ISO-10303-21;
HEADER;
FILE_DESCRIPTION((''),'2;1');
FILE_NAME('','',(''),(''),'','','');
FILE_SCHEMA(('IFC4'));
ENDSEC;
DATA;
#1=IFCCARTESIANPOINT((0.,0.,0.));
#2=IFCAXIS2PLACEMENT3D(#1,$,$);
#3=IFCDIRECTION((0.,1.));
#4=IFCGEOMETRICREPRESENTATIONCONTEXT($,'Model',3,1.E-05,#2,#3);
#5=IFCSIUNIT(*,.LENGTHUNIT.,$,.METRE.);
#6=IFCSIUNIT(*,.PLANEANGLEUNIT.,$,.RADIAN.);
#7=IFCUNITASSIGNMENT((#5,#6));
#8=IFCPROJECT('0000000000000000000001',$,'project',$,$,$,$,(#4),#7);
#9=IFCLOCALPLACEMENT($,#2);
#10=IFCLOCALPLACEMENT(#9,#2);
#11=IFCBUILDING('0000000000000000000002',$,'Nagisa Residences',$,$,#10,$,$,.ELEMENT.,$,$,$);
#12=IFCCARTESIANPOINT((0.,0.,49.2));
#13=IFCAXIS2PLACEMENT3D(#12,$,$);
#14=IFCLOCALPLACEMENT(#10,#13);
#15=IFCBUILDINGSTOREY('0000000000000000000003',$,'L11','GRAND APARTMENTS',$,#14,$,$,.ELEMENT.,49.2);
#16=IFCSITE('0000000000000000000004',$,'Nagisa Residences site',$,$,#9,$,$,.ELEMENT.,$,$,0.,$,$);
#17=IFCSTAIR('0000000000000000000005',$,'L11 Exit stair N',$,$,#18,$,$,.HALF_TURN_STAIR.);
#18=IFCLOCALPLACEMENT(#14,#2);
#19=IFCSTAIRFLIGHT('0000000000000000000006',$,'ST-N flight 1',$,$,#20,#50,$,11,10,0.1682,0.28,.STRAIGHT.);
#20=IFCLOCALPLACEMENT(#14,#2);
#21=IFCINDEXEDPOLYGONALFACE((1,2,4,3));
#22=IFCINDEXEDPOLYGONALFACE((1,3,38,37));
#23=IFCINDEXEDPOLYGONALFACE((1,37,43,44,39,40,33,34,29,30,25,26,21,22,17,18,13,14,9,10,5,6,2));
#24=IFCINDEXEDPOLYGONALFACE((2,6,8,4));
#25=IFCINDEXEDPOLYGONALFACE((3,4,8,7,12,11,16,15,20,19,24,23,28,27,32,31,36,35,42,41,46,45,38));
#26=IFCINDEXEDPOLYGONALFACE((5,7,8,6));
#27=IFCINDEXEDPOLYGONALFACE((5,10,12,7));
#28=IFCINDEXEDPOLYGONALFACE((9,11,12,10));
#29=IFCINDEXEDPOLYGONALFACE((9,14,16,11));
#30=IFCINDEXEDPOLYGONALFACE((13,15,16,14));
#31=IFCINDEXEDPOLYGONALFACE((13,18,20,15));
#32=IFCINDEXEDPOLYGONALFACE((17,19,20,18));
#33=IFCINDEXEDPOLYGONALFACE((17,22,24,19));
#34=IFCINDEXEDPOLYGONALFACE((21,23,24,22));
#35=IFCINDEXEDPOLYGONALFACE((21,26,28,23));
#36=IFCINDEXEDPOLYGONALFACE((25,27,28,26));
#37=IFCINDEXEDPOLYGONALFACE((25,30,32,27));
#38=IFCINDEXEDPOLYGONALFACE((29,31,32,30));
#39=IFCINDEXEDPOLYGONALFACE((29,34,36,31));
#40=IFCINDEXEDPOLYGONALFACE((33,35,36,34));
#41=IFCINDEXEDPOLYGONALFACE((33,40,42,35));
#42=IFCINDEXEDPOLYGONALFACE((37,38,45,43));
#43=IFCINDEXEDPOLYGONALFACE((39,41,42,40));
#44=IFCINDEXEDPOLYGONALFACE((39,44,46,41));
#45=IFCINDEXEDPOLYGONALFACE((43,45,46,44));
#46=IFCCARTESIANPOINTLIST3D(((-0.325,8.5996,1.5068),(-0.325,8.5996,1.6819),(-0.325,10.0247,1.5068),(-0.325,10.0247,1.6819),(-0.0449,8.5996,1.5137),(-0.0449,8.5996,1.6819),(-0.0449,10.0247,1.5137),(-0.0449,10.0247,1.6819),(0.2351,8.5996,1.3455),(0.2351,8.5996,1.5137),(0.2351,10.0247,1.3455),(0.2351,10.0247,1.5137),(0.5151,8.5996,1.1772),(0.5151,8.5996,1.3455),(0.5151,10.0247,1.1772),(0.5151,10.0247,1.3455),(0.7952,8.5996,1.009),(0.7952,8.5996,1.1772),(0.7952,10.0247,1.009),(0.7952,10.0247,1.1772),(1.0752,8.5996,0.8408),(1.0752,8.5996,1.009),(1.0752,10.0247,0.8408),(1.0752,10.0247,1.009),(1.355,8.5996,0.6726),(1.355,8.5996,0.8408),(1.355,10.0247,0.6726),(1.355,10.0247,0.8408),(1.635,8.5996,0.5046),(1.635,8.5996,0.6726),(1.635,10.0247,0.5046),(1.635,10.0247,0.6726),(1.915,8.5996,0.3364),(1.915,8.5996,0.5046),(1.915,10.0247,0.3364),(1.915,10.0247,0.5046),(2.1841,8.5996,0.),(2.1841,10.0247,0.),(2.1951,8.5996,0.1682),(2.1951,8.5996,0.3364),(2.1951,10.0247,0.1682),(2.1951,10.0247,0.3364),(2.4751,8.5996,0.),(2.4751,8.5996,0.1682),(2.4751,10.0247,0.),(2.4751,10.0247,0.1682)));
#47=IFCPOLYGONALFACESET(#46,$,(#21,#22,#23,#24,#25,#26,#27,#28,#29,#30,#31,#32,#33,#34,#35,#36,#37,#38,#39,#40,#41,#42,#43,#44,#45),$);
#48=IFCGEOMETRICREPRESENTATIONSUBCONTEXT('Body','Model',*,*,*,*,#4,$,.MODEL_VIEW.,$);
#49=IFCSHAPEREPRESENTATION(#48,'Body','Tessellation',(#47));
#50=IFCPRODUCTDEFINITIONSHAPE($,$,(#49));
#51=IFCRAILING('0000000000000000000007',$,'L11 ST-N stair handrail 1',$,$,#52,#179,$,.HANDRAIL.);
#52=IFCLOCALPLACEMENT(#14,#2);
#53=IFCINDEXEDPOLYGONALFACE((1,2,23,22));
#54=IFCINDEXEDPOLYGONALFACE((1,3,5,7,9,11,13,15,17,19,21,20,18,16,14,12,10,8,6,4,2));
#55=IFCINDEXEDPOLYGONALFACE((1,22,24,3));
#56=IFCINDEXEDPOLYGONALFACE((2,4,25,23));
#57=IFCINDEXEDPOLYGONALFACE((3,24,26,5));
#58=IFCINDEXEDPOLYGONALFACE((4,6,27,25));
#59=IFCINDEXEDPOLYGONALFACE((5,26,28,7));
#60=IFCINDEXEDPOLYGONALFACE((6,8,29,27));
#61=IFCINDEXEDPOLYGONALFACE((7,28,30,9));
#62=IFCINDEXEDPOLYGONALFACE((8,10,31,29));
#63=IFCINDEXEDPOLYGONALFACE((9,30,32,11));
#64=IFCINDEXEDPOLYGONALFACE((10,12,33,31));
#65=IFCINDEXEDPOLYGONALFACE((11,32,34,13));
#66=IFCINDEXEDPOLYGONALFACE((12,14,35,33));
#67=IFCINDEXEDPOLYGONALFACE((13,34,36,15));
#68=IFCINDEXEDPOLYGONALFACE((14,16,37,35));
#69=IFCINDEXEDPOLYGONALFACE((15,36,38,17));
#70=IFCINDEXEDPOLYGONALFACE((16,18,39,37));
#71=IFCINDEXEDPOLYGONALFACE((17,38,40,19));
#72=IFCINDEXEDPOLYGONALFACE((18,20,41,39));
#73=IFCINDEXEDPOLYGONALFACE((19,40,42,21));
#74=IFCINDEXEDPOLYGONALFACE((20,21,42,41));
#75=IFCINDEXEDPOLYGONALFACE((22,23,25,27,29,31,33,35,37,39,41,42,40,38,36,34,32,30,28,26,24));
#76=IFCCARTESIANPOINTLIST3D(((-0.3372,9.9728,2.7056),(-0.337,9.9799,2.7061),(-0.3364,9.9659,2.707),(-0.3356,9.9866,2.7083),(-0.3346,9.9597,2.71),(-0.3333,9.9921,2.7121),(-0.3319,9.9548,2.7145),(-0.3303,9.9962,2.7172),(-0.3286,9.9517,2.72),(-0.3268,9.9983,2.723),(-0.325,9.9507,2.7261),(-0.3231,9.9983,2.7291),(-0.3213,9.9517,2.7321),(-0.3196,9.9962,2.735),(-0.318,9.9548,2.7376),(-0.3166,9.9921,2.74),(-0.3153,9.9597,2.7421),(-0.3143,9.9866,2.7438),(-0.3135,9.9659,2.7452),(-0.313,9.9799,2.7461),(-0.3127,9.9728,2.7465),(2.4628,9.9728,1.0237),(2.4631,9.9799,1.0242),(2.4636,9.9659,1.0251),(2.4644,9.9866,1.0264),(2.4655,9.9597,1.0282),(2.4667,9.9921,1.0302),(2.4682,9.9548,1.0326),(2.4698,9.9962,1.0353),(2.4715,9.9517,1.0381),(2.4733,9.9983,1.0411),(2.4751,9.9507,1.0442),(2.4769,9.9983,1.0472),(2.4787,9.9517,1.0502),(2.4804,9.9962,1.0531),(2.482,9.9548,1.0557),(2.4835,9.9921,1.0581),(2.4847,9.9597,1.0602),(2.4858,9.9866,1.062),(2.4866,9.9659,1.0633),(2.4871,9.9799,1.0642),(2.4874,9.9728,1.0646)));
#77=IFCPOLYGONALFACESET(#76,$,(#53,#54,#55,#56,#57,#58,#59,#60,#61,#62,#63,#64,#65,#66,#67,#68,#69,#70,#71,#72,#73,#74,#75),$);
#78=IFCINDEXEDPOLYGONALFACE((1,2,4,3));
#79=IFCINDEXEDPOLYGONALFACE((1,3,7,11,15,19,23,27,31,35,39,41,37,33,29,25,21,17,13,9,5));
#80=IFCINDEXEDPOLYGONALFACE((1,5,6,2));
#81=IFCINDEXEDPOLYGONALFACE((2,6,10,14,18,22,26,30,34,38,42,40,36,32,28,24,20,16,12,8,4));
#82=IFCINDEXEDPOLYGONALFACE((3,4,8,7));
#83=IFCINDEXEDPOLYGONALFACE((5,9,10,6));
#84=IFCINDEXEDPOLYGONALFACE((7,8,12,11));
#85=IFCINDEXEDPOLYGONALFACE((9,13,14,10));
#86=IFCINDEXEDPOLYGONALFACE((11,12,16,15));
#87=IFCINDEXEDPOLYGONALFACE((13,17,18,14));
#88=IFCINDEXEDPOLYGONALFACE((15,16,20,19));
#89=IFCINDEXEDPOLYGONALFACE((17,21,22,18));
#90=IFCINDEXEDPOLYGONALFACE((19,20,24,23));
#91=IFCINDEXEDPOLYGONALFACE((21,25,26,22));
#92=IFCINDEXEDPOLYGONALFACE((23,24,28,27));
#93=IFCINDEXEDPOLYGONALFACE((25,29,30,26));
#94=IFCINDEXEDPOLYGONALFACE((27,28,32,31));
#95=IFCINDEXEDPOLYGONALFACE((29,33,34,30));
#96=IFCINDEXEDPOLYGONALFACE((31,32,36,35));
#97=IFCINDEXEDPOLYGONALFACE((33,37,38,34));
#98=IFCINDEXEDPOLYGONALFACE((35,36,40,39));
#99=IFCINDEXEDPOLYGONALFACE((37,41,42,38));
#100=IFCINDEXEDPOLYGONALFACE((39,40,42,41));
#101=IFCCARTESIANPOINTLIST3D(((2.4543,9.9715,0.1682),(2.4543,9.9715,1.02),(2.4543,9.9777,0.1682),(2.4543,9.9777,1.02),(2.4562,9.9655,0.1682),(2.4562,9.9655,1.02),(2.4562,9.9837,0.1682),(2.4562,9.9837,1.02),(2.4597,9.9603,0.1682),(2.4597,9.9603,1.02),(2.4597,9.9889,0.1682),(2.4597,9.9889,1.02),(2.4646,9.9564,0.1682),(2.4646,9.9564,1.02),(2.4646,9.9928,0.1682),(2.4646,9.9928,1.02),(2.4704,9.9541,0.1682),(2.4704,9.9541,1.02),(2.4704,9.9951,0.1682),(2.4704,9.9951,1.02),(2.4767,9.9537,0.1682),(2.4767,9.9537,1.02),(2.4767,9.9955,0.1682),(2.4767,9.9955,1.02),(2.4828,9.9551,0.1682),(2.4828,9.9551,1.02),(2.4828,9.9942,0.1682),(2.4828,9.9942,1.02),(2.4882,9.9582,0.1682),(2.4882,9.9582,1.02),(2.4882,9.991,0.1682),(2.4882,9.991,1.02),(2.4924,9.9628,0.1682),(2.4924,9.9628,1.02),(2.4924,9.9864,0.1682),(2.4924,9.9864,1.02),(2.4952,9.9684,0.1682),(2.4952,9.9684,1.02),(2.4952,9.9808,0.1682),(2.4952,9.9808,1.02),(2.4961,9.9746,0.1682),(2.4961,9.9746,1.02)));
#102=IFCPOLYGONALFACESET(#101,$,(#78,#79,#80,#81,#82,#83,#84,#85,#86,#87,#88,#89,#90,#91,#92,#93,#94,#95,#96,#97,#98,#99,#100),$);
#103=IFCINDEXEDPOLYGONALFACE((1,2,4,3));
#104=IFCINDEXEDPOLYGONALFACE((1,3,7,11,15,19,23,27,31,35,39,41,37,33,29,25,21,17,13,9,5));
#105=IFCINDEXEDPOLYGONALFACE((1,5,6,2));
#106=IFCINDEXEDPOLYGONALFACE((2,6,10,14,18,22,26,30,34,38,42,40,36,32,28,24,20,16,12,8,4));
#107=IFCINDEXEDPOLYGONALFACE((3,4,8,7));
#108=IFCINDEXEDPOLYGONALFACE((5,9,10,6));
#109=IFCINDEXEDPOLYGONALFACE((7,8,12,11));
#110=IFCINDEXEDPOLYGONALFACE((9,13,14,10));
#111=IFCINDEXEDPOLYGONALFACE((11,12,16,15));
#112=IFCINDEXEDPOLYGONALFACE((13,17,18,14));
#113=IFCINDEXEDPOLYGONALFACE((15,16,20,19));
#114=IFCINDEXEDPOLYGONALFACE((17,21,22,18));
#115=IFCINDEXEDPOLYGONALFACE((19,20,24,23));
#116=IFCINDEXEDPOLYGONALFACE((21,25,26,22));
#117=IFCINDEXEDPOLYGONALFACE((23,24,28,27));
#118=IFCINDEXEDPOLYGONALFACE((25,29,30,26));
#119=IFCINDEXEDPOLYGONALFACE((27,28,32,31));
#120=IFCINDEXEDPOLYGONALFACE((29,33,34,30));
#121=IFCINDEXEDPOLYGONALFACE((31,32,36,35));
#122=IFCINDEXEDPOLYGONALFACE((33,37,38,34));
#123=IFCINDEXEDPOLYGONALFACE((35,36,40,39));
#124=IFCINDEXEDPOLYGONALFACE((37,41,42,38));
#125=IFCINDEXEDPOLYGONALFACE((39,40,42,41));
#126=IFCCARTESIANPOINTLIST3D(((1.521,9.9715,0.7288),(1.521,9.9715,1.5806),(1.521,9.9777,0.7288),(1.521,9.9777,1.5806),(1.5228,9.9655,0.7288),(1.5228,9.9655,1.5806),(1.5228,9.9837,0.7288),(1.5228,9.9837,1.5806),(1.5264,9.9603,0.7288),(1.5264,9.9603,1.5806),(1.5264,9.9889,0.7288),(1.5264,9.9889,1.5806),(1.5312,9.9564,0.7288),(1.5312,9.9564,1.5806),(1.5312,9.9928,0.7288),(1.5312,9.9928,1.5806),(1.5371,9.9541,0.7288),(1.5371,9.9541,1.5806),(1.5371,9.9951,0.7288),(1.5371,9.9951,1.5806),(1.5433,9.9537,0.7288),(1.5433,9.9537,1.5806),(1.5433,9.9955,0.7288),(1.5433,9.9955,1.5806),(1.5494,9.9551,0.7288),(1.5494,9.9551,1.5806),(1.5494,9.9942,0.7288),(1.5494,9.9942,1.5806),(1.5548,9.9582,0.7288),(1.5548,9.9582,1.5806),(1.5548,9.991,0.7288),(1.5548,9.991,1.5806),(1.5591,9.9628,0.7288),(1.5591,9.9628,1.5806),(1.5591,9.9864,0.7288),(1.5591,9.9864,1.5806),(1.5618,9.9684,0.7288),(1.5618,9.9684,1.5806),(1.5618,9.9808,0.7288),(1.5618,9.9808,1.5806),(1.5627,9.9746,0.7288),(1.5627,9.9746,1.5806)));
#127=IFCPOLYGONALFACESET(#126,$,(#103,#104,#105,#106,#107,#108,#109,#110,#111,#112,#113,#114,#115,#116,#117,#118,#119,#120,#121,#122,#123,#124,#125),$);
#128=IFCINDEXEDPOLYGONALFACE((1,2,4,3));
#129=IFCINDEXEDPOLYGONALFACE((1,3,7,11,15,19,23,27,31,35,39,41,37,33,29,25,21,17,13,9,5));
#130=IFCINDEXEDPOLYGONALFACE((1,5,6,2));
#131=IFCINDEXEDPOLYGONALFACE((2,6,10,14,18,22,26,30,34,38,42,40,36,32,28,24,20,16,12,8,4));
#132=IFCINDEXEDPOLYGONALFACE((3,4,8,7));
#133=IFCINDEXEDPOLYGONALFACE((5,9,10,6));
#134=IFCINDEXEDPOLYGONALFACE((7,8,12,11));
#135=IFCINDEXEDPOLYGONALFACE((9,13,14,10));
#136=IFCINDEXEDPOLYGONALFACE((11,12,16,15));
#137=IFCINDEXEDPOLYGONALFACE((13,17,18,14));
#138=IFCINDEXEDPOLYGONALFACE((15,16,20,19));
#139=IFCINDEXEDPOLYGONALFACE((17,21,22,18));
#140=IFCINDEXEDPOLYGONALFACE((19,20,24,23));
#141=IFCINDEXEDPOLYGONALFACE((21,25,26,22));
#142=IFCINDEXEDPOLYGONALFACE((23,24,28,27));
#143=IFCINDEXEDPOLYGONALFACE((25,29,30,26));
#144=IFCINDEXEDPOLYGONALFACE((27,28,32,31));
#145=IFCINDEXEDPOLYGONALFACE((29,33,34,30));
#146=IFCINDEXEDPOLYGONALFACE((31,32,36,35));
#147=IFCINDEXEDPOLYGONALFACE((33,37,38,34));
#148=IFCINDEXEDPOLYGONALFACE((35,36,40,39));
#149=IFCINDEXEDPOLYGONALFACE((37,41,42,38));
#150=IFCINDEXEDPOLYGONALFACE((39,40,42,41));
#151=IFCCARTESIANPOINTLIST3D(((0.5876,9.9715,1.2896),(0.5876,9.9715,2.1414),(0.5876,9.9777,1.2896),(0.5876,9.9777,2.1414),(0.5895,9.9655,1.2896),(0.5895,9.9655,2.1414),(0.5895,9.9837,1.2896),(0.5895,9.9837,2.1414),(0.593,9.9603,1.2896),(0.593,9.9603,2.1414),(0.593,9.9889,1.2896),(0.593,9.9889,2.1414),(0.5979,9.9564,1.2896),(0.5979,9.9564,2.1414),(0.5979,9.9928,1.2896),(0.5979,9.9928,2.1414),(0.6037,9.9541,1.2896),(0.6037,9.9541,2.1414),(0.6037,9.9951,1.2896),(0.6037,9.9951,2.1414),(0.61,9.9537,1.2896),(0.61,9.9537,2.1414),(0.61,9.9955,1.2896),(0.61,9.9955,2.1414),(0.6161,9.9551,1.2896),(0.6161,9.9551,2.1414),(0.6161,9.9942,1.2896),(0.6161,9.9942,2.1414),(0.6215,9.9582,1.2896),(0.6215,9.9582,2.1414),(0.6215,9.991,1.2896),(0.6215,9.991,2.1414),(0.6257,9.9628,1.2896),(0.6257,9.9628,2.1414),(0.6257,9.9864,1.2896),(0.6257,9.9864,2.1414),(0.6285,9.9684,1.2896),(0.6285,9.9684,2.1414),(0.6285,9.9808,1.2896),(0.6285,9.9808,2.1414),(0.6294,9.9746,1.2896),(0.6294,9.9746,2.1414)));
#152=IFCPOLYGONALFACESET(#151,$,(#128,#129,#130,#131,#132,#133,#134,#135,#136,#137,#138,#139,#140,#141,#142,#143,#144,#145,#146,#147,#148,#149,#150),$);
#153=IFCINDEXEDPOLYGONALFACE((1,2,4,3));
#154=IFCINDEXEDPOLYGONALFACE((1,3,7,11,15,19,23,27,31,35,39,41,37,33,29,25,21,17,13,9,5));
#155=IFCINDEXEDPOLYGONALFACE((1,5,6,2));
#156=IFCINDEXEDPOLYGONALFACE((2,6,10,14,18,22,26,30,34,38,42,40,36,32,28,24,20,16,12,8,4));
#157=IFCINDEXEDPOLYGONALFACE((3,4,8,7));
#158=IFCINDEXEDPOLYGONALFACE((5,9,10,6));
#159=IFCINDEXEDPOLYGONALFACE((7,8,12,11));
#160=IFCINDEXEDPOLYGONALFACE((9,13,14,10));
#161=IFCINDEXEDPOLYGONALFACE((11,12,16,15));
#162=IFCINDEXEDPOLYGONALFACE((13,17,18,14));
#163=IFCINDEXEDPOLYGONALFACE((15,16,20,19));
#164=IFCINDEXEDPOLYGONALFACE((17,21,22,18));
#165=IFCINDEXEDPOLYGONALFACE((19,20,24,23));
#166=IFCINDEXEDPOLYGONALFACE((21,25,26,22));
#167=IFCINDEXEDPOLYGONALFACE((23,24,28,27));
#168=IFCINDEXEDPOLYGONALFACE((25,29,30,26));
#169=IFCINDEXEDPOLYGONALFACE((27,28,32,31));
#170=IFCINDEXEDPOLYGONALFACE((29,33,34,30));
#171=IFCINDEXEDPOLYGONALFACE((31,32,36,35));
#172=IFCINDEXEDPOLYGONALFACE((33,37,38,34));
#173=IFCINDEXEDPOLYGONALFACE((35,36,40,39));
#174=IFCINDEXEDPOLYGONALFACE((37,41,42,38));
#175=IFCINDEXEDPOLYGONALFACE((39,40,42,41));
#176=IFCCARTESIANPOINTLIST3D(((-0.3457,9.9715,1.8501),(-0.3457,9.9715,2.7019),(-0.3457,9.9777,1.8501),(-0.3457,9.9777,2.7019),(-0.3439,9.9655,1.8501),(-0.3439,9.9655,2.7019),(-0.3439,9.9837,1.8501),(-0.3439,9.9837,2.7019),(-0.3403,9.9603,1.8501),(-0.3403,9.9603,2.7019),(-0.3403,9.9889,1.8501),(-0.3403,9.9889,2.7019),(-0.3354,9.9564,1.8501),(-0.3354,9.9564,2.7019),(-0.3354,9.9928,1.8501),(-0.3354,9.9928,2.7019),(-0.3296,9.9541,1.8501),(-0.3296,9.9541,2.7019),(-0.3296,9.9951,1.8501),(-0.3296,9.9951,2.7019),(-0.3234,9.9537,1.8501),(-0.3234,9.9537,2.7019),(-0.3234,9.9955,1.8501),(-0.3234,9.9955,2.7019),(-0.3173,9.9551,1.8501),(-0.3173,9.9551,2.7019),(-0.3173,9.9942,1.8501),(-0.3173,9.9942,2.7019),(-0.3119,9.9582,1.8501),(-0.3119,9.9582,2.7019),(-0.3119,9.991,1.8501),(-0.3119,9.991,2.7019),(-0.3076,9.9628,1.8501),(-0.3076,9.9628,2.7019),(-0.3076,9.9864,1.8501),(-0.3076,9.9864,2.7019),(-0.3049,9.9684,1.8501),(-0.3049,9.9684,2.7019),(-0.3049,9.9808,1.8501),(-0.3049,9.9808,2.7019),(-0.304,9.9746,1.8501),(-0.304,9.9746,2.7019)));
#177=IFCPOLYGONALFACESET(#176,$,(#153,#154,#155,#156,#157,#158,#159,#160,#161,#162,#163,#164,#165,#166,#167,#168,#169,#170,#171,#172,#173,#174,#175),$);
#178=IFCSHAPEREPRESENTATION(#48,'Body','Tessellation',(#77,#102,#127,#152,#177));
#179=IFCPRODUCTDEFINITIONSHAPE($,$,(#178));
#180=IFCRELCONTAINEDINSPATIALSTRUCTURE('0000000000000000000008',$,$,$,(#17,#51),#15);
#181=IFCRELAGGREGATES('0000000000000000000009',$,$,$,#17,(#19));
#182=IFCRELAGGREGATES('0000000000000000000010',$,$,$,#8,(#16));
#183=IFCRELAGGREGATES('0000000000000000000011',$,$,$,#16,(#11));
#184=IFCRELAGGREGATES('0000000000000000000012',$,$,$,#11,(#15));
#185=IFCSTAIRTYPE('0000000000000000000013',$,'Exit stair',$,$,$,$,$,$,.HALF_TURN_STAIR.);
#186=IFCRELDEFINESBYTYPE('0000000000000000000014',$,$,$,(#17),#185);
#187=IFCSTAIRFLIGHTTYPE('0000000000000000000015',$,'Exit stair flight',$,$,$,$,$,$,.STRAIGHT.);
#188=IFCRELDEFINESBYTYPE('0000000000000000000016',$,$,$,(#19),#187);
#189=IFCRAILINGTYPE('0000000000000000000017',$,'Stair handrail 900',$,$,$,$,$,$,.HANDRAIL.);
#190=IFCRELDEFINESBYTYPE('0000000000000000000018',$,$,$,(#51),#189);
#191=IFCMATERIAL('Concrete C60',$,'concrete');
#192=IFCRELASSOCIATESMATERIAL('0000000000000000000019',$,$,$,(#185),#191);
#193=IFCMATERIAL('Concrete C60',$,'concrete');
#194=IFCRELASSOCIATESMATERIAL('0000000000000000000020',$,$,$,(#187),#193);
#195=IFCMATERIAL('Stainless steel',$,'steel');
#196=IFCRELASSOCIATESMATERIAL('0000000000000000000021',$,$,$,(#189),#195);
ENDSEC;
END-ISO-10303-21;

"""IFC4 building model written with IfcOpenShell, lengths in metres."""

from ifc_helpers import new_model, si_unit, direction, frame, origin, origin_2d, place, context, subcontext, project, spatial, polyline, circle, outline, extrude, material, type_object, element, aggregate, save


model = new_model("IFC4")

# Units and contexts
model_context = context("Model", 3, precision=1e-05, world=origin(), true_north=direction((0.0, 1.0)))
body_context = subcontext(model_context, "Body", "Model", "MODEL_VIEW")
ifc_project = project(units=[si_unit("LENGTHUNIT", "METRE"), si_unit("PLANEANGLEUNIT", "RADIAN")], contexts=[model_context])

# Site, building, storey
site_placement = place(None, origin())
site = spatial("IfcSite", under=ifc_project, at=site_placement, Name="Nagisa Residences site", CompositionType="ELEMENT", RefElevation=0.0)
building_placement = place(site_placement, origin())
building = spatial("IfcBuilding", under=site, at=building_placement, Name="Nagisa Residences", CompositionType="ELEMENT")
storey_placement = place(building_placement, frame((0.0, 0.0, 49.2)))
storey = spatial("IfcBuildingStorey", under=building, at=storey_placement, Name="L11", Description="GRAND APARTMENTS", CompositionType="ELEMENT", Elevation=49.2)

# Stair, stair flight
ifc_material_1 = material(Name="Concrete C60", Category="concrete")
stair_type = type_object("IfcStairType", Name="Exit stair", PredefinedType="HALF_TURN_STAIR", material=ifc_material_1)
stair_placement = place(storey_placement, origin())
stair = element("IfcStair", 1, at=stair_placement, inside=storey, type_object=stair_type, Name="L11 Exit stair N", PredefinedType="HALF_TURN_STAIR")
ifc_material_2 = material(Name="Concrete C60", Category="concrete")
stair_flight_type = type_object("IfcStairFlightType", Name="Exit stair flight", PredefinedType="STRAIGHT", material=ifc_material_2)
stair_flight_placement = place(storey_placement, frame((2.4751, 9.312, 0.0), z_axis=(0.0, 0.0, 1.0), x_axis=(-1.0, 0.0, 0.0)))
stair_flight = element("IfcStairFlight", 2, at=stair_flight_placement, type_object=stair_flight_type, Name="ST-N flight 1", NumberOfRisers=11, NumberOfTreads=10, PredefinedType="STRAIGHT", RiserHeight=0.1682, TreadLength=0.28, context=body_context, shape_type="SweptSolid", body=[
    extrude(outline(polyline([(0.0, 0.0), (0.0, 0.1682), (0.28, 0.1682), (0.28, 0.3364), (0.5601, 0.3364), (0.5601, 0.5046), (0.8401, 0.5046), (0.8401, 0.6726), (1.1201, 0.6726), (1.1201, 0.8408), (1.3999, 0.8408), (1.3999, 1.009), (1.6799, 1.009), (1.6799, 1.1772), (1.96, 1.1772), (1.96, 1.3455), (2.24, 1.3455), (2.24, 1.5137), (2.52, 1.5137), (2.52, 1.6819), (2.8, 1.6819), (2.8, 1.8501), (2.8, 1.5068), (0.291, 0.0), (0.0, 0.0)])), frame((0.0, 0.7124, 0.0), z_axis=(0.0, -1.0, 0.0), x_axis=(1.0, 0.0, 0.0)), (0.0, 0.0, 1.0), 1.425),
])
aggregate(stair, [stair_flight])

# Railing
ifc_material_3 = material(Name="Stainless steel", Category="steel")
railing_type_1 = type_object("IfcRailingType", Name="Stair handrail 900", PredefinedType="HANDRAIL", material=ifc_material_3)
railing_1_placement = place(storey_placement, frame((2.4751, 9.9746, 0.1682)))
element("IfcRailing", 3, at=railing_1_placement, inside=storey, type_object=railing_type_1, Name="L11 ST-N stair handrail 1", PredefinedType="HANDRAIL", context=body_context, shape_type="SweptSolid", body=[
    extrude(circle(Radius=0.0239, at=origin_2d()), frame((0.0, 0.0, 0.876), z_axis=(-0.857242, 0.0, 0.514913), x_axis=(0.0, -1.0, 0.0)), (0.0, 0.0, 1.0), 3.2664),
    extrude(circle(Radius=0.021, at=origin_2d()), origin(), (0.0, 0.0, 1.0), 0.8518),
    extrude(circle(Radius=0.021, at=origin_2d()), frame((-0.9333, 0.0, 0.5605)), (0.0, 0.0, 1.0), 0.8518),
    extrude(circle(Radius=0.021, at=origin_2d()), frame((-1.8667, 0.0, 1.1213)), (0.0, 0.0, 1.0), 0.8518),
    extrude(circle(Radius=0.021, at=origin_2d()), frame((-2.8, 0.0, 1.6819)), (0.0, 0.0, 1.0), 0.8518),
])

save(model, "model.ifc")
